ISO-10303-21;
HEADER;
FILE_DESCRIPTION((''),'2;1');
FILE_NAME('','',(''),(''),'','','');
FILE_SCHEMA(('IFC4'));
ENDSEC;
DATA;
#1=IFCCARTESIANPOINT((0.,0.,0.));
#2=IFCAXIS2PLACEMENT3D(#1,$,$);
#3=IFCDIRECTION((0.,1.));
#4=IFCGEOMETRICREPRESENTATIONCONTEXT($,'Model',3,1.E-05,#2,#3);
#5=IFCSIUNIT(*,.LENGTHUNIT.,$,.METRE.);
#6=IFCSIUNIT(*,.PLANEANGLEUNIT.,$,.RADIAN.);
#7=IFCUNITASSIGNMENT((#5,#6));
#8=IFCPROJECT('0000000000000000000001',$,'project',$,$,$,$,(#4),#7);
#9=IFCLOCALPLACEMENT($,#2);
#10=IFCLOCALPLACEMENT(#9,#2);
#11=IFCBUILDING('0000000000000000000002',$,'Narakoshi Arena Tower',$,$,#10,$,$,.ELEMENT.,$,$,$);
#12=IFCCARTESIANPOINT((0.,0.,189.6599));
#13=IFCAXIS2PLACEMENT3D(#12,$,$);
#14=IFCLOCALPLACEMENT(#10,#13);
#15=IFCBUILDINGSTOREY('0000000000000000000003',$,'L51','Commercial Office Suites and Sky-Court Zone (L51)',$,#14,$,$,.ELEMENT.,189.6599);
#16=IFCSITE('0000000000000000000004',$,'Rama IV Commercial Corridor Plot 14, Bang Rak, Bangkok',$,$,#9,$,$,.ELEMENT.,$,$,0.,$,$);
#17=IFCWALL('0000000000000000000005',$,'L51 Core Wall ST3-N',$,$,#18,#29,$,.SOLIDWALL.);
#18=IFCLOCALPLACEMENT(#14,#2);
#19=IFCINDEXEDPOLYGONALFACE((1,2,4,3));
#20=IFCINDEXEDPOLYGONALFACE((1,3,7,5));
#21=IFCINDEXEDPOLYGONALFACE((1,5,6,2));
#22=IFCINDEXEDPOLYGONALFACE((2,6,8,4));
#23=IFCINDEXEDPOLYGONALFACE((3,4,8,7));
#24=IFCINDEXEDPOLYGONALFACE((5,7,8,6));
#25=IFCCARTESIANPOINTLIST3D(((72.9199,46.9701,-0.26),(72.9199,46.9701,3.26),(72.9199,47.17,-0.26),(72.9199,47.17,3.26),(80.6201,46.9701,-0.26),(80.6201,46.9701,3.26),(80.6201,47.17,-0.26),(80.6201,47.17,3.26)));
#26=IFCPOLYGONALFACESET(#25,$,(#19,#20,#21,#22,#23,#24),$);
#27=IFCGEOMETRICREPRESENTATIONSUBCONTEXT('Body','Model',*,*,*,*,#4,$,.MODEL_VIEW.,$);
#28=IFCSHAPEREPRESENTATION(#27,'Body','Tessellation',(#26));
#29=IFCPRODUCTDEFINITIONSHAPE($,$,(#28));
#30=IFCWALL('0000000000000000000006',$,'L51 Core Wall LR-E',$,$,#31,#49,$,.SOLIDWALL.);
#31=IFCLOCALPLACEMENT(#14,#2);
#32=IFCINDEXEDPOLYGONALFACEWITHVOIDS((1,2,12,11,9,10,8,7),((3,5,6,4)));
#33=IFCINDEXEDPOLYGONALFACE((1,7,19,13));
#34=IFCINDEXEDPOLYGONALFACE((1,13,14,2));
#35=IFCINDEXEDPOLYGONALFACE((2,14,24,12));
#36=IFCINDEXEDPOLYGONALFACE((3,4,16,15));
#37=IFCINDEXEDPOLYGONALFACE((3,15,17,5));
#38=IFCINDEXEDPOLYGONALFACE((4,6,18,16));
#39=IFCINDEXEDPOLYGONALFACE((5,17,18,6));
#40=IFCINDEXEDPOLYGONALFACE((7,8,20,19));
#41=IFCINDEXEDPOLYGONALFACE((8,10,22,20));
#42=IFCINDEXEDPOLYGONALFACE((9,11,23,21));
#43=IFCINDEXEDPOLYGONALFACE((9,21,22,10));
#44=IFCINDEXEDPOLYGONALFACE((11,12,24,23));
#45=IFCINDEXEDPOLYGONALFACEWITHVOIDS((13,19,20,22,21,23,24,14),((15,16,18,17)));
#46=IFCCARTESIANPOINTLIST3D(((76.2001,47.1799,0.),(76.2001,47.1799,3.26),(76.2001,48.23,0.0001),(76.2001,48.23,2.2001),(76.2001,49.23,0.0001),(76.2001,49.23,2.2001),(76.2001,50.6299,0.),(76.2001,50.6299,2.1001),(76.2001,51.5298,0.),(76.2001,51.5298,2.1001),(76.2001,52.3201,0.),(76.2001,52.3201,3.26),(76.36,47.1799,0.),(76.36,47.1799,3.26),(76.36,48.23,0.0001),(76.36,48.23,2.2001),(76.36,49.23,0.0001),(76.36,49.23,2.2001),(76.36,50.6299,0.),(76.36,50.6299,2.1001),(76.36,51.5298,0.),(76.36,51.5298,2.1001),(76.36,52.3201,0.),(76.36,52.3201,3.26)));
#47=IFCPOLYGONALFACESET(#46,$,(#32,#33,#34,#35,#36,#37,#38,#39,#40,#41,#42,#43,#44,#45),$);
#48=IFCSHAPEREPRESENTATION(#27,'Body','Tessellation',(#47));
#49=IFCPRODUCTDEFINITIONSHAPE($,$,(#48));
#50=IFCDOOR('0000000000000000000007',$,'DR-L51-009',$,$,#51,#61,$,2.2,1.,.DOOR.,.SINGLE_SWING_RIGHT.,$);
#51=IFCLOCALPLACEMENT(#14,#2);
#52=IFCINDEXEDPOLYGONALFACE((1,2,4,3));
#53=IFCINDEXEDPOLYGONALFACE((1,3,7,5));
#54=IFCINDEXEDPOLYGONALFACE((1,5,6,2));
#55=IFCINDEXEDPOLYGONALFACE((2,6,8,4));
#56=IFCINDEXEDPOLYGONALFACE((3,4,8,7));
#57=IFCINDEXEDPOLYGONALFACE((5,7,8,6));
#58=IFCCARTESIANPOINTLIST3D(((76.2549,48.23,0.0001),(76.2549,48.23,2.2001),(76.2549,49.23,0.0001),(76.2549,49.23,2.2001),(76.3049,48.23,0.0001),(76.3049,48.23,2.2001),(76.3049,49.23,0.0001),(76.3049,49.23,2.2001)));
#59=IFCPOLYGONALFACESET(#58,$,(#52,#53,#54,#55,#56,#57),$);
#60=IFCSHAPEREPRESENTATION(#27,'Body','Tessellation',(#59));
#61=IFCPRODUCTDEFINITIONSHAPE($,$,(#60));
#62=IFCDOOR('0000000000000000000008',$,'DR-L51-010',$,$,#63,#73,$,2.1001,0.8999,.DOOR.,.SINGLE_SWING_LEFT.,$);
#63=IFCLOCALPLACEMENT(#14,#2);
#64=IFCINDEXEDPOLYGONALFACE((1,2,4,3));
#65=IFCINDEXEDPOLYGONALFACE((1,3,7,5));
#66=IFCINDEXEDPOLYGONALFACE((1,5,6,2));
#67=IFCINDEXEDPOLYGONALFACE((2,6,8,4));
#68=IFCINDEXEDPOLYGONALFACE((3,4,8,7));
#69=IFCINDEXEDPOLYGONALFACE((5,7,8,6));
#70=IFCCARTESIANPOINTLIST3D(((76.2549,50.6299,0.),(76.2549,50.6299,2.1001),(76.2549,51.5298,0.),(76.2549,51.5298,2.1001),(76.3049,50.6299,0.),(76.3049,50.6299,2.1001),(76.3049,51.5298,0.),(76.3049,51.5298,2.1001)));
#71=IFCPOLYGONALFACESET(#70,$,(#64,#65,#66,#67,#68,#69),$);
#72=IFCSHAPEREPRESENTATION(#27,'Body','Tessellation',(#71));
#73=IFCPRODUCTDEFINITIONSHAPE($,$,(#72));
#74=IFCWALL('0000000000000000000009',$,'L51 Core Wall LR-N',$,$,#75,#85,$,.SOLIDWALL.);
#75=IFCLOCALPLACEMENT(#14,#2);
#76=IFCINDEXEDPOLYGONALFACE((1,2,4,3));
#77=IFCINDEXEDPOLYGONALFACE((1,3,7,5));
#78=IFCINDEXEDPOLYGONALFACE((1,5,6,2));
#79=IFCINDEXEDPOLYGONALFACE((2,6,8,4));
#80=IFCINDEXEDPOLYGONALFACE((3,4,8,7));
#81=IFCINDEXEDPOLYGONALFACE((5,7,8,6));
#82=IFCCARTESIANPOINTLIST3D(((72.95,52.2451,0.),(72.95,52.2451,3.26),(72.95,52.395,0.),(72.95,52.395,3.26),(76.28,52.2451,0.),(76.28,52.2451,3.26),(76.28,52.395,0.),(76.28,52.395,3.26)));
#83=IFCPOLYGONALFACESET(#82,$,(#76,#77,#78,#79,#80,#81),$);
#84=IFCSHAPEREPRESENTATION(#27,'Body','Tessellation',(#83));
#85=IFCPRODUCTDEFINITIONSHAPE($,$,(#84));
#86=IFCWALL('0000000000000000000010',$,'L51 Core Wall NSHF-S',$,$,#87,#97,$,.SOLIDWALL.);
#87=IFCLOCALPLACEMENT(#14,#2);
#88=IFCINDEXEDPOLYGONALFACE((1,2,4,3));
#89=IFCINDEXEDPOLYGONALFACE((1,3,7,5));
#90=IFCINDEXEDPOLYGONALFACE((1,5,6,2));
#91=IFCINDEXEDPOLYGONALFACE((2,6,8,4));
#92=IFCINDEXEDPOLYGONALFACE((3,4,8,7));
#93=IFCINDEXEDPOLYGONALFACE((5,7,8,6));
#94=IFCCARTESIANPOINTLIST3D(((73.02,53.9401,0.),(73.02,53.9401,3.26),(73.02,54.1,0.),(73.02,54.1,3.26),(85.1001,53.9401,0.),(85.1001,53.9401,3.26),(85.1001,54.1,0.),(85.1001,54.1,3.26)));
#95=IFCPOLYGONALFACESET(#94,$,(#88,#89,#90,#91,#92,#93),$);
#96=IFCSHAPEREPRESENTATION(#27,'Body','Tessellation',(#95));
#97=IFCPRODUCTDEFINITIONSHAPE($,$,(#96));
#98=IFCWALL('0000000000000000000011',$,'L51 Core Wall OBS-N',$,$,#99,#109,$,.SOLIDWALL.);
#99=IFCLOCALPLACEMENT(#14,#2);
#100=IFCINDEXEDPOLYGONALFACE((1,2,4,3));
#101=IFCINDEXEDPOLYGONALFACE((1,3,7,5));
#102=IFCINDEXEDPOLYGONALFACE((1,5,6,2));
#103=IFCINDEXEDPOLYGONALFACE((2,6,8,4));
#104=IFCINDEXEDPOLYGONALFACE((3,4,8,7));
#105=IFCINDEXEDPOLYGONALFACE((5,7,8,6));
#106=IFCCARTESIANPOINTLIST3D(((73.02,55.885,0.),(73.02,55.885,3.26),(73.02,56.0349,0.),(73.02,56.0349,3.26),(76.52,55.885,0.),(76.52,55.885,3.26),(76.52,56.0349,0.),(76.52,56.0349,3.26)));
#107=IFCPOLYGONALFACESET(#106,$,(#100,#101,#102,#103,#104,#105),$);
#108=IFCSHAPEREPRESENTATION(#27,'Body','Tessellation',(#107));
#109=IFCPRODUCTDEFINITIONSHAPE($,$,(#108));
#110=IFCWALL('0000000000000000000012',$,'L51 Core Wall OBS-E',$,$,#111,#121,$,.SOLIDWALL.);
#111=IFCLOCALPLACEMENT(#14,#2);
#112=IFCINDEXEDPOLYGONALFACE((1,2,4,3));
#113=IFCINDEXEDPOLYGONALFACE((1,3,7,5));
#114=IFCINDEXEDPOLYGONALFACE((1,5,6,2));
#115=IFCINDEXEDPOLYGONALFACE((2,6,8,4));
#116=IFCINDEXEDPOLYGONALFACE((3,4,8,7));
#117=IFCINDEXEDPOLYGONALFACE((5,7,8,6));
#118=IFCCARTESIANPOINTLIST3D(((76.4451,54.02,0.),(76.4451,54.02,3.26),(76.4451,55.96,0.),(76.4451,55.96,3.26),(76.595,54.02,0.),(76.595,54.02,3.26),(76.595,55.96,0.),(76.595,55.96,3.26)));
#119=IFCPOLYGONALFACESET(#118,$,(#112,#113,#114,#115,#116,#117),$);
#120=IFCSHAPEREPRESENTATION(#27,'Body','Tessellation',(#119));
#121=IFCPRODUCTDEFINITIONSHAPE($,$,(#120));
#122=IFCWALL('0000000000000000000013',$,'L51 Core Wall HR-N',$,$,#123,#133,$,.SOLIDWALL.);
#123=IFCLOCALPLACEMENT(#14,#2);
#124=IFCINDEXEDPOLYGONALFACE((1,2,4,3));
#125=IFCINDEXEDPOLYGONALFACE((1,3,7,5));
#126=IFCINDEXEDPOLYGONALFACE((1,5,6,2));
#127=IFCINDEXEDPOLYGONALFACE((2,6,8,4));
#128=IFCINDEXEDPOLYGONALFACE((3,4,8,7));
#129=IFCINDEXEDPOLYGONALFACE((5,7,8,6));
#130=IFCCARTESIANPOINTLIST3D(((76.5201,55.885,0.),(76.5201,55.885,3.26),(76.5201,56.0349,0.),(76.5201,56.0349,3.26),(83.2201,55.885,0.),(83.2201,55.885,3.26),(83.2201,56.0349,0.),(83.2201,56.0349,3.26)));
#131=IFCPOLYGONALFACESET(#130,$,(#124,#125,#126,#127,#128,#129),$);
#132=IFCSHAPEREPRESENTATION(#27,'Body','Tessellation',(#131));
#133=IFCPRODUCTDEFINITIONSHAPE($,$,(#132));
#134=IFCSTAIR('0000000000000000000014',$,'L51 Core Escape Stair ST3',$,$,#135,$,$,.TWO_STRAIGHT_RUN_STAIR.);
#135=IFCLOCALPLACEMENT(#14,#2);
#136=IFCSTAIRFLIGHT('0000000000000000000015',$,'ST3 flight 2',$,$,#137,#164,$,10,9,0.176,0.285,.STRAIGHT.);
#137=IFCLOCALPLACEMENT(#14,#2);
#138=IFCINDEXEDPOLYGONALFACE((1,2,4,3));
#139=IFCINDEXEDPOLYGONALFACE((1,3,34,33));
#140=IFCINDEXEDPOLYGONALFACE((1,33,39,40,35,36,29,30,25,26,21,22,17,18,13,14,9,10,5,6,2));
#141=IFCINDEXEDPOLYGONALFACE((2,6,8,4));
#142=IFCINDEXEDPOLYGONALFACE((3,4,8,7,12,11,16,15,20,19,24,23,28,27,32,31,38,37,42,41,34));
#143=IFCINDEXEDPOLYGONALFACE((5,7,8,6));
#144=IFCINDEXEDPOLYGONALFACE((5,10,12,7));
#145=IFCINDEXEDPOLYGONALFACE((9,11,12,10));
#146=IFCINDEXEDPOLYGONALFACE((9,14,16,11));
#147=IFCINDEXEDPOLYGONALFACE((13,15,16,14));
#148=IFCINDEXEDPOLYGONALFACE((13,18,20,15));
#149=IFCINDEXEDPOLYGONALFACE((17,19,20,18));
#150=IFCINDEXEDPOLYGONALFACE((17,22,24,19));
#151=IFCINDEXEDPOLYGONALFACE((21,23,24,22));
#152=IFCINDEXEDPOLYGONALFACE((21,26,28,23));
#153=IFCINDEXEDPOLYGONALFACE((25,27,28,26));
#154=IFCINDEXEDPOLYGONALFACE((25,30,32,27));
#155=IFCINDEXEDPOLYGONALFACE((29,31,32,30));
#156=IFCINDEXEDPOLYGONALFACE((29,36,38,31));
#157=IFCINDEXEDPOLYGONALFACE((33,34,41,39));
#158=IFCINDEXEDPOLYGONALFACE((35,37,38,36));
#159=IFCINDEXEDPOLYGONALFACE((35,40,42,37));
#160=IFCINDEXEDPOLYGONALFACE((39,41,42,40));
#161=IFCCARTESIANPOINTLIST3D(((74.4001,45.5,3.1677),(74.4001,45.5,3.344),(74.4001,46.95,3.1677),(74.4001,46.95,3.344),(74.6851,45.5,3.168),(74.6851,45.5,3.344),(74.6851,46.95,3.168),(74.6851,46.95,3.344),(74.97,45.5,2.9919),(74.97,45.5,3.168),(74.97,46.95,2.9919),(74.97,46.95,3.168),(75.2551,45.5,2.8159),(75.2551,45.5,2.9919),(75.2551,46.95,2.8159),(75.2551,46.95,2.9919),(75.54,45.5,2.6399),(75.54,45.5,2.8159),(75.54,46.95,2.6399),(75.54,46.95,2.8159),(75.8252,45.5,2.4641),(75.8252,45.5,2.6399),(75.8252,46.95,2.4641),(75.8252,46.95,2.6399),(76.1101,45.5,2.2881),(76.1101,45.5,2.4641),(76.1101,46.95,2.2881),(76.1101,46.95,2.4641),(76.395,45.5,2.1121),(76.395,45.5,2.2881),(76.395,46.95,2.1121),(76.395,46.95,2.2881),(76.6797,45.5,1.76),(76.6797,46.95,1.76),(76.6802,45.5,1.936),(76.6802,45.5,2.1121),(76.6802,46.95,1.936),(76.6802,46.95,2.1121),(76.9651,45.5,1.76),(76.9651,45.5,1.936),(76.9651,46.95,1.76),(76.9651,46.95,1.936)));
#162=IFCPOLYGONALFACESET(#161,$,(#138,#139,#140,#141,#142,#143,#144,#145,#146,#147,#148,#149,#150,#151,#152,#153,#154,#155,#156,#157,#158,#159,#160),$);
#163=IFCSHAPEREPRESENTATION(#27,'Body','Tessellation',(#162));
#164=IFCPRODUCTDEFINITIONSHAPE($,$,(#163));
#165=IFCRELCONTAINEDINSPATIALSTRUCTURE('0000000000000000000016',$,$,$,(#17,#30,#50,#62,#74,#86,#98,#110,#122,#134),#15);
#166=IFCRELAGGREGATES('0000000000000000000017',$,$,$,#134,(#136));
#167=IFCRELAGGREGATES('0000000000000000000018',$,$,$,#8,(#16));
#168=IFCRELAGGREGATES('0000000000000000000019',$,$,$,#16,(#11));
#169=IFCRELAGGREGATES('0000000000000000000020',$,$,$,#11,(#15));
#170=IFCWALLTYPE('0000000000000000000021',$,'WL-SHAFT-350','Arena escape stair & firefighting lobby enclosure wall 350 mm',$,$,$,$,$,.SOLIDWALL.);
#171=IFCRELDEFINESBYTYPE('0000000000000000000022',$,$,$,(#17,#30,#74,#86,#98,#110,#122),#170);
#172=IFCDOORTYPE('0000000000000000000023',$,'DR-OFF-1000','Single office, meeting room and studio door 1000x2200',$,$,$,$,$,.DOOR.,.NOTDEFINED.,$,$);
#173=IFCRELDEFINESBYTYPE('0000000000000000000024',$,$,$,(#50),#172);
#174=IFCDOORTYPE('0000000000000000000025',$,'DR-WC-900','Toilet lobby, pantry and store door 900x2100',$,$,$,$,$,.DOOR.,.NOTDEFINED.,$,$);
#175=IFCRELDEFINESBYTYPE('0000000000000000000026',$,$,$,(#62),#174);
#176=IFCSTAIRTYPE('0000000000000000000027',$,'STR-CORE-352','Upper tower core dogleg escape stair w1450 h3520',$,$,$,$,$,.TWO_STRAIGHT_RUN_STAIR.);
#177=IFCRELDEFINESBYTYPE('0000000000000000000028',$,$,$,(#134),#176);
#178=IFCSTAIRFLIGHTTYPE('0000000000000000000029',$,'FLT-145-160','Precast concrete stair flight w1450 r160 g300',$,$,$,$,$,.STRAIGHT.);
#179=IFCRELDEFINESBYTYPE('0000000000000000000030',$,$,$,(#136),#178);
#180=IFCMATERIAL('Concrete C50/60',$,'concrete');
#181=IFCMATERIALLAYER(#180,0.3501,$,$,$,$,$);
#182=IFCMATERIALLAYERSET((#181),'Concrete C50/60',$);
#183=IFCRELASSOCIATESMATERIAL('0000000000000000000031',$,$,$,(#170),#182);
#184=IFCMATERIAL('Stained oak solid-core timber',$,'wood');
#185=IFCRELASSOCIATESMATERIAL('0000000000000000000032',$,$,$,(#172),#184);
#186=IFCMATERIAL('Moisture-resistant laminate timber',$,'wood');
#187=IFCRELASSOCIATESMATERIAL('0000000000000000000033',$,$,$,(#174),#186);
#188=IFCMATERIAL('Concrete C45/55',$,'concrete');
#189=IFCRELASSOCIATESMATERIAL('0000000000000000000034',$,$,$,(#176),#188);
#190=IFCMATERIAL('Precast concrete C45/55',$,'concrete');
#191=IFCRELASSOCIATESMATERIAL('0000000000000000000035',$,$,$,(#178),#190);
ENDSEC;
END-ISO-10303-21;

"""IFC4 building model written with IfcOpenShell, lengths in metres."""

from ifc_helpers import new_model, si_unit, direction, frame, frame_2d, origin, place, context, subcontext, project, spatial, polyline, rectangle, outline, extrude, material, layer, layer_set, type_object, element, fill, aggregate, save


model = new_model("IFC4")

# Units and contexts
model_context = context("Model", 3, precision=1e-05, world=origin(), true_north=direction((0.0, 1.0)))
body_context = subcontext(model_context, "Body", "Model", "MODEL_VIEW")
ifc_project = project(units=[si_unit("LENGTHUNIT", "METRE"), si_unit("PLANEANGLEUNIT", "RADIAN")], contexts=[model_context])

# Site, building, storey
site_placement = place(None, origin())
site = spatial("IfcSite", under=ifc_project, at=site_placement, Name="Rama IV Commercial Corridor Plot 14, Bang Rak, Bangkok", CompositionType="ELEMENT", RefElevation=0.0)
building_placement = place(site_placement, origin())
building = spatial("IfcBuilding", under=site, at=building_placement, Name="Narakoshi Arena Tower", CompositionType="ELEMENT")
storey_placement = place(building_placement, frame((0.0, 0.0, 189.6599)))
storey = spatial("IfcBuildingStorey", under=building, at=storey_placement, Name="L51", Description="Commercial Office Suites and Sky-Court Zone (L51)", CompositionType="ELEMENT", Elevation=189.6599)

# Wall
ifc_material_1 = material(Name="Concrete C50/60", Category="concrete")
ifc_layer_1 = layer(ifc_material_1, 0.3501)
ifc_layer_set_1 = layer_set([ifc_layer_1], Name="Concrete C50/60")
wall_type_1 = type_object("IfcWallType", Name="WL-SHAFT-350", Description="Arena escape stair & firefighting lobby enclosure wall 350 mm", PredefinedType="SOLIDWALL", material=ifc_layer_set_1)
wall_1_placement = place(storey_placement, frame((72.9199, 47.0701, -0.26), z_axis=(0.0, 0.0, 1.0), x_axis=(1.0, 0.0, 0.0)))
element("IfcWall", 1, at=wall_1_placement, inside=storey, type_object=wall_type_1, Name="L51 Core Wall ST3-N", PredefinedType="SOLIDWALL", context=body_context, shape_type="SweptSolid", body=[
    extrude(rectangle(XDim=7.7002, YDim=0.2, at=frame_2d((3.8501, 0.0))), origin(), (0.0, 0.0, 1.0), 3.52),
])

# Wall, openings, doors
wall_2_placement = place(storey_placement, frame((76.28, 47.1799, 0.0), z_axis=(0.0, 0.0, 1.0), x_axis=(0.0, 1.0, 0.0)))
wall_2 = element("IfcWall", 2, at=wall_2_placement, inside=storey, type_object=wall_type_1, Name="L51 Core Wall LR-E", PredefinedType="SOLIDWALL", context=body_context, shape_type="SweptSolid", body=[
    extrude(rectangle(XDim=5.1401, YDim=0.1599, at=frame_2d((2.5701, 0.0))), origin(), (0.0, 0.0, 1.0), 3.26),
])
opening_1_placement = place(wall_2_placement, frame((1.05, 0.0, 0.0)))
opening_1 = element("IfcOpeningElement", 3, at=opening_1_placement, cuts=wall_2, PredefinedType="OPENING", context=body_context, shape_type="SweptSolid", body=[
    extrude(rectangle(XDim=1.0, YDim=2.2, at=frame_2d((0.5, 1.1001))), frame((0.0, 0.0898, 0.0), z_axis=(0.0, -1.0, 0.0), x_axis=(1.0, 0.0, 0.0)), (0.0, 0.0, 1.0), 0.1799),
])
opening_2_placement = place(wall_2_placement, frame((3.45, 0.0, 0.0)))
opening_2 = element("IfcOpeningElement", 4, at=opening_2_placement, cuts=wall_2, PredefinedType="OPENING", context=body_context, shape_type="SweptSolid", body=[
    extrude(rectangle(XDim=0.8999, YDim=2.1001, at=frame_2d((0.45, 1.05))), frame((0.0, 0.0898, 0.0), z_axis=(0.0, -1.0, 0.0), x_axis=(1.0, 0.0, 0.0)), (0.0, 0.0, 1.0), 0.1799),
])
ifc_material_2 = material(Name="Stained oak solid-core timber", Category="wood")
door_type_1 = type_object("IfcDoorType", Name="DR-OFF-1000", Description="Single office, meeting room and studio door 1000x2200", OperationType="NOTDEFINED", PredefinedType="DOOR", material=ifc_material_2)
door_1_placement = place(opening_1_placement, frame((1.0, 0.0, 0.0), z_axis=(0.0, 0.0, 1.0), x_axis=(-1.0, 0.0, 0.0)))
door_1 = element("IfcDoor", 5, at=door_1_placement, inside=storey, type_object=door_type_1, Name="DR-L51-009", OperationType="SINGLE_SWING_RIGHT", OverallHeight=2.2, OverallWidth=1.0, PredefinedType="DOOR", context=body_context, shape_type="SweptSolid", body=[
    extrude(rectangle(XDim=1.0, YDim=2.2, at=frame_2d((0.5, 1.1001))), frame((0.0, 0.0249, 0.0), z_axis=(0.0, -1.0, 0.0), x_axis=(1.0, 0.0, 0.0)), (0.0, 0.0, 1.0), 0.05),
])
fill(opening_1, door_1)
ifc_material_3 = material(Name="Moisture-resistant laminate timber", Category="wood")
door_type_2 = type_object("IfcDoorType", Name="DR-WC-900", Description="Toilet lobby, pantry and store door 900x2100", OperationType="NOTDEFINED", PredefinedType="DOOR", material=ifc_material_3)
door_2_placement = place(opening_2_placement, frame((0.8999, 0.0, 0.0), z_axis=(0.0, 0.0, 1.0), x_axis=(-1.0, 0.0, 0.0)))
door_2 = element("IfcDoor", 6, at=door_2_placement, inside=storey, type_object=door_type_2, Name="DR-L51-010", OperationType="SINGLE_SWING_LEFT", OverallHeight=2.1001, OverallWidth=0.8999, PredefinedType="DOOR", context=body_context, shape_type="SweptSolid", body=[
    extrude(rectangle(XDim=0.8999, YDim=2.1001, at=frame_2d((0.45, 1.05))), frame((0.0, 0.0249, 0.0), z_axis=(0.0, -1.0, 0.0), x_axis=(1.0, 0.0, 0.0)), (0.0, 0.0, 1.0), 0.05),
])
fill(opening_2, door_2)

# Walls
wall_3_placement = place(storey_placement, frame((72.95, 52.3201, 0.0), z_axis=(0.0, 0.0, 1.0), x_axis=(1.0, 0.0, 0.0)))
element("IfcWall", 7, at=wall_3_placement, inside=storey, type_object=wall_type_1, Name="L51 Core Wall LR-N", PredefinedType="SOLIDWALL", context=body_context, shape_type="SweptSolid", body=[
    extrude(rectangle(XDim=3.3301, YDim=0.1499, at=frame_2d((1.665, 0.0))), origin(), (0.0, 0.0, 1.0), 3.26),
])
wall_4_placement = place(storey_placement, frame((73.02, 54.02, 0.0), z_axis=(0.0, 0.0, 1.0), x_axis=(1.0, 0.0, 0.0)))
element("IfcWall", 8, at=wall_4_placement, inside=storey, type_object=wall_type_1, Name="L51 Core Wall NSHF-S", PredefinedType="SOLIDWALL", context=body_context, shape_type="SweptSolid", body=[
    extrude(rectangle(XDim=12.0801, YDim=0.1599, at=frame_2d((6.04, 0.0))), origin(), (0.0, 0.0, 1.0), 3.26),
])
wall_5_placement = place(storey_placement, frame((73.02, 55.96, 0.0), z_axis=(0.0, 0.0, 1.0), x_axis=(1.0, 0.0, 0.0)))
element("IfcWall", 9, at=wall_5_placement, inside=storey, type_object=wall_type_1, Name="L51 Core Wall OBS-N", PredefinedType="SOLIDWALL", context=body_context, shape_type="SweptSolid", body=[
    extrude(rectangle(XDim=3.5, YDim=0.1499, at=frame_2d((1.75, 0.0))), origin(), (0.0, 0.0, 1.0), 3.26),
])
wall_6_placement = place(storey_placement, frame((76.52, 54.02, 0.0), z_axis=(0.0, 0.0, 1.0), x_axis=(0.0, 1.0, 0.0)))
element("IfcWall", 10, at=wall_6_placement, inside=storey, type_object=wall_type_1, Name="L51 Core Wall OBS-E", PredefinedType="SOLIDWALL", context=body_context, shape_type="SweptSolid", body=[
    extrude(rectangle(XDim=1.9399, YDim=0.1499, at=frame_2d((0.97, 0.0))), origin(), (0.0, 0.0, 1.0), 3.26),
])
wall_7_placement = place(storey_placement, frame((76.52, 55.96, 0.0), z_axis=(0.0, 0.0, 1.0), x_axis=(1.0, 0.0, 0.0)))
element("IfcWall", 11, at=wall_7_placement, inside=storey, type_object=wall_type_1, Name="L51 Core Wall HR-N", PredefinedType="SOLIDWALL", context=body_context, shape_type="SweptSolid", body=[
    extrude(rectangle(XDim=6.7, YDim=0.1499, at=frame_2d((3.3501, 0.0))), origin(), (0.0, 0.0, 1.0), 3.26),
])

# Stair, stair flight
ifc_material_4 = material(Name="Concrete C45/55", Category="concrete")
stair_type = type_object("IfcStairType", Name="STR-CORE-352", Description="Upper tower core dogleg escape stair w1450 h3520", PredefinedType="TWO_STRAIGHT_RUN_STAIR", material=ifc_material_4)
stair_placement = place(storey_placement, origin())
stair = element("IfcStair", 12, at=stair_placement, inside=storey, type_object=stair_type, Name="L51 Core Escape Stair ST3", PredefinedType="TWO_STRAIGHT_RUN_STAIR")
ifc_material_5 = material(Name="Precast concrete C45/55", Category="concrete")
stair_flight_type = type_object("IfcStairFlightType", Name="FLT-145-160", Description="Precast concrete stair flight w1450 r160 g300", PredefinedType="STRAIGHT", material=ifc_material_5)
stair_flight_placement = place(storey_placement, frame((76.9651, 46.2251, 1.76), z_axis=(0.0, 0.0, 1.0), x_axis=(-1.0, 0.0, 0.0)))
stair_flight = element("IfcStairFlight", 13, at=stair_flight_placement, type_object=stair_flight_type, Name="ST3 flight 2", NumberOfRisers=10, NumberOfTreads=9, PredefinedType="STRAIGHT", RiserHeight=0.176, TreadLength=0.285, context=body_context, shape_type="SweptSolid", body=[
    extrude(outline(polyline([(0.0, 0.0), (0.0, 0.176), (0.2849, 0.176), (0.2849, 0.3521), (0.5701, 0.3521), (0.5701, 0.5281), (0.855, 0.5281), (0.855, 0.7041), (1.1399, 0.7041), (1.1399, 0.8799), (1.425, 0.8799), (1.425, 1.0559), (1.71, 1.0559), (1.71, 1.2319), (1.9951, 1.2319), (1.9951, 1.408), (2.28, 1.408), (2.28, 1.584), (2.5649, 1.584), (2.5649, 1.76), (2.5649, 1.4077), (0.2854, 0.0), (0.0, 0.0)])), frame((0.0, 0.7251, 0.0), z_axis=(0.0, -1.0, 0.0), x_axis=(1.0, 0.0, 0.0)), (0.0, 0.0, 1.0), 1.45),
])
aggregate(stair, [stair_flight])

save(model, "model.ifc")
